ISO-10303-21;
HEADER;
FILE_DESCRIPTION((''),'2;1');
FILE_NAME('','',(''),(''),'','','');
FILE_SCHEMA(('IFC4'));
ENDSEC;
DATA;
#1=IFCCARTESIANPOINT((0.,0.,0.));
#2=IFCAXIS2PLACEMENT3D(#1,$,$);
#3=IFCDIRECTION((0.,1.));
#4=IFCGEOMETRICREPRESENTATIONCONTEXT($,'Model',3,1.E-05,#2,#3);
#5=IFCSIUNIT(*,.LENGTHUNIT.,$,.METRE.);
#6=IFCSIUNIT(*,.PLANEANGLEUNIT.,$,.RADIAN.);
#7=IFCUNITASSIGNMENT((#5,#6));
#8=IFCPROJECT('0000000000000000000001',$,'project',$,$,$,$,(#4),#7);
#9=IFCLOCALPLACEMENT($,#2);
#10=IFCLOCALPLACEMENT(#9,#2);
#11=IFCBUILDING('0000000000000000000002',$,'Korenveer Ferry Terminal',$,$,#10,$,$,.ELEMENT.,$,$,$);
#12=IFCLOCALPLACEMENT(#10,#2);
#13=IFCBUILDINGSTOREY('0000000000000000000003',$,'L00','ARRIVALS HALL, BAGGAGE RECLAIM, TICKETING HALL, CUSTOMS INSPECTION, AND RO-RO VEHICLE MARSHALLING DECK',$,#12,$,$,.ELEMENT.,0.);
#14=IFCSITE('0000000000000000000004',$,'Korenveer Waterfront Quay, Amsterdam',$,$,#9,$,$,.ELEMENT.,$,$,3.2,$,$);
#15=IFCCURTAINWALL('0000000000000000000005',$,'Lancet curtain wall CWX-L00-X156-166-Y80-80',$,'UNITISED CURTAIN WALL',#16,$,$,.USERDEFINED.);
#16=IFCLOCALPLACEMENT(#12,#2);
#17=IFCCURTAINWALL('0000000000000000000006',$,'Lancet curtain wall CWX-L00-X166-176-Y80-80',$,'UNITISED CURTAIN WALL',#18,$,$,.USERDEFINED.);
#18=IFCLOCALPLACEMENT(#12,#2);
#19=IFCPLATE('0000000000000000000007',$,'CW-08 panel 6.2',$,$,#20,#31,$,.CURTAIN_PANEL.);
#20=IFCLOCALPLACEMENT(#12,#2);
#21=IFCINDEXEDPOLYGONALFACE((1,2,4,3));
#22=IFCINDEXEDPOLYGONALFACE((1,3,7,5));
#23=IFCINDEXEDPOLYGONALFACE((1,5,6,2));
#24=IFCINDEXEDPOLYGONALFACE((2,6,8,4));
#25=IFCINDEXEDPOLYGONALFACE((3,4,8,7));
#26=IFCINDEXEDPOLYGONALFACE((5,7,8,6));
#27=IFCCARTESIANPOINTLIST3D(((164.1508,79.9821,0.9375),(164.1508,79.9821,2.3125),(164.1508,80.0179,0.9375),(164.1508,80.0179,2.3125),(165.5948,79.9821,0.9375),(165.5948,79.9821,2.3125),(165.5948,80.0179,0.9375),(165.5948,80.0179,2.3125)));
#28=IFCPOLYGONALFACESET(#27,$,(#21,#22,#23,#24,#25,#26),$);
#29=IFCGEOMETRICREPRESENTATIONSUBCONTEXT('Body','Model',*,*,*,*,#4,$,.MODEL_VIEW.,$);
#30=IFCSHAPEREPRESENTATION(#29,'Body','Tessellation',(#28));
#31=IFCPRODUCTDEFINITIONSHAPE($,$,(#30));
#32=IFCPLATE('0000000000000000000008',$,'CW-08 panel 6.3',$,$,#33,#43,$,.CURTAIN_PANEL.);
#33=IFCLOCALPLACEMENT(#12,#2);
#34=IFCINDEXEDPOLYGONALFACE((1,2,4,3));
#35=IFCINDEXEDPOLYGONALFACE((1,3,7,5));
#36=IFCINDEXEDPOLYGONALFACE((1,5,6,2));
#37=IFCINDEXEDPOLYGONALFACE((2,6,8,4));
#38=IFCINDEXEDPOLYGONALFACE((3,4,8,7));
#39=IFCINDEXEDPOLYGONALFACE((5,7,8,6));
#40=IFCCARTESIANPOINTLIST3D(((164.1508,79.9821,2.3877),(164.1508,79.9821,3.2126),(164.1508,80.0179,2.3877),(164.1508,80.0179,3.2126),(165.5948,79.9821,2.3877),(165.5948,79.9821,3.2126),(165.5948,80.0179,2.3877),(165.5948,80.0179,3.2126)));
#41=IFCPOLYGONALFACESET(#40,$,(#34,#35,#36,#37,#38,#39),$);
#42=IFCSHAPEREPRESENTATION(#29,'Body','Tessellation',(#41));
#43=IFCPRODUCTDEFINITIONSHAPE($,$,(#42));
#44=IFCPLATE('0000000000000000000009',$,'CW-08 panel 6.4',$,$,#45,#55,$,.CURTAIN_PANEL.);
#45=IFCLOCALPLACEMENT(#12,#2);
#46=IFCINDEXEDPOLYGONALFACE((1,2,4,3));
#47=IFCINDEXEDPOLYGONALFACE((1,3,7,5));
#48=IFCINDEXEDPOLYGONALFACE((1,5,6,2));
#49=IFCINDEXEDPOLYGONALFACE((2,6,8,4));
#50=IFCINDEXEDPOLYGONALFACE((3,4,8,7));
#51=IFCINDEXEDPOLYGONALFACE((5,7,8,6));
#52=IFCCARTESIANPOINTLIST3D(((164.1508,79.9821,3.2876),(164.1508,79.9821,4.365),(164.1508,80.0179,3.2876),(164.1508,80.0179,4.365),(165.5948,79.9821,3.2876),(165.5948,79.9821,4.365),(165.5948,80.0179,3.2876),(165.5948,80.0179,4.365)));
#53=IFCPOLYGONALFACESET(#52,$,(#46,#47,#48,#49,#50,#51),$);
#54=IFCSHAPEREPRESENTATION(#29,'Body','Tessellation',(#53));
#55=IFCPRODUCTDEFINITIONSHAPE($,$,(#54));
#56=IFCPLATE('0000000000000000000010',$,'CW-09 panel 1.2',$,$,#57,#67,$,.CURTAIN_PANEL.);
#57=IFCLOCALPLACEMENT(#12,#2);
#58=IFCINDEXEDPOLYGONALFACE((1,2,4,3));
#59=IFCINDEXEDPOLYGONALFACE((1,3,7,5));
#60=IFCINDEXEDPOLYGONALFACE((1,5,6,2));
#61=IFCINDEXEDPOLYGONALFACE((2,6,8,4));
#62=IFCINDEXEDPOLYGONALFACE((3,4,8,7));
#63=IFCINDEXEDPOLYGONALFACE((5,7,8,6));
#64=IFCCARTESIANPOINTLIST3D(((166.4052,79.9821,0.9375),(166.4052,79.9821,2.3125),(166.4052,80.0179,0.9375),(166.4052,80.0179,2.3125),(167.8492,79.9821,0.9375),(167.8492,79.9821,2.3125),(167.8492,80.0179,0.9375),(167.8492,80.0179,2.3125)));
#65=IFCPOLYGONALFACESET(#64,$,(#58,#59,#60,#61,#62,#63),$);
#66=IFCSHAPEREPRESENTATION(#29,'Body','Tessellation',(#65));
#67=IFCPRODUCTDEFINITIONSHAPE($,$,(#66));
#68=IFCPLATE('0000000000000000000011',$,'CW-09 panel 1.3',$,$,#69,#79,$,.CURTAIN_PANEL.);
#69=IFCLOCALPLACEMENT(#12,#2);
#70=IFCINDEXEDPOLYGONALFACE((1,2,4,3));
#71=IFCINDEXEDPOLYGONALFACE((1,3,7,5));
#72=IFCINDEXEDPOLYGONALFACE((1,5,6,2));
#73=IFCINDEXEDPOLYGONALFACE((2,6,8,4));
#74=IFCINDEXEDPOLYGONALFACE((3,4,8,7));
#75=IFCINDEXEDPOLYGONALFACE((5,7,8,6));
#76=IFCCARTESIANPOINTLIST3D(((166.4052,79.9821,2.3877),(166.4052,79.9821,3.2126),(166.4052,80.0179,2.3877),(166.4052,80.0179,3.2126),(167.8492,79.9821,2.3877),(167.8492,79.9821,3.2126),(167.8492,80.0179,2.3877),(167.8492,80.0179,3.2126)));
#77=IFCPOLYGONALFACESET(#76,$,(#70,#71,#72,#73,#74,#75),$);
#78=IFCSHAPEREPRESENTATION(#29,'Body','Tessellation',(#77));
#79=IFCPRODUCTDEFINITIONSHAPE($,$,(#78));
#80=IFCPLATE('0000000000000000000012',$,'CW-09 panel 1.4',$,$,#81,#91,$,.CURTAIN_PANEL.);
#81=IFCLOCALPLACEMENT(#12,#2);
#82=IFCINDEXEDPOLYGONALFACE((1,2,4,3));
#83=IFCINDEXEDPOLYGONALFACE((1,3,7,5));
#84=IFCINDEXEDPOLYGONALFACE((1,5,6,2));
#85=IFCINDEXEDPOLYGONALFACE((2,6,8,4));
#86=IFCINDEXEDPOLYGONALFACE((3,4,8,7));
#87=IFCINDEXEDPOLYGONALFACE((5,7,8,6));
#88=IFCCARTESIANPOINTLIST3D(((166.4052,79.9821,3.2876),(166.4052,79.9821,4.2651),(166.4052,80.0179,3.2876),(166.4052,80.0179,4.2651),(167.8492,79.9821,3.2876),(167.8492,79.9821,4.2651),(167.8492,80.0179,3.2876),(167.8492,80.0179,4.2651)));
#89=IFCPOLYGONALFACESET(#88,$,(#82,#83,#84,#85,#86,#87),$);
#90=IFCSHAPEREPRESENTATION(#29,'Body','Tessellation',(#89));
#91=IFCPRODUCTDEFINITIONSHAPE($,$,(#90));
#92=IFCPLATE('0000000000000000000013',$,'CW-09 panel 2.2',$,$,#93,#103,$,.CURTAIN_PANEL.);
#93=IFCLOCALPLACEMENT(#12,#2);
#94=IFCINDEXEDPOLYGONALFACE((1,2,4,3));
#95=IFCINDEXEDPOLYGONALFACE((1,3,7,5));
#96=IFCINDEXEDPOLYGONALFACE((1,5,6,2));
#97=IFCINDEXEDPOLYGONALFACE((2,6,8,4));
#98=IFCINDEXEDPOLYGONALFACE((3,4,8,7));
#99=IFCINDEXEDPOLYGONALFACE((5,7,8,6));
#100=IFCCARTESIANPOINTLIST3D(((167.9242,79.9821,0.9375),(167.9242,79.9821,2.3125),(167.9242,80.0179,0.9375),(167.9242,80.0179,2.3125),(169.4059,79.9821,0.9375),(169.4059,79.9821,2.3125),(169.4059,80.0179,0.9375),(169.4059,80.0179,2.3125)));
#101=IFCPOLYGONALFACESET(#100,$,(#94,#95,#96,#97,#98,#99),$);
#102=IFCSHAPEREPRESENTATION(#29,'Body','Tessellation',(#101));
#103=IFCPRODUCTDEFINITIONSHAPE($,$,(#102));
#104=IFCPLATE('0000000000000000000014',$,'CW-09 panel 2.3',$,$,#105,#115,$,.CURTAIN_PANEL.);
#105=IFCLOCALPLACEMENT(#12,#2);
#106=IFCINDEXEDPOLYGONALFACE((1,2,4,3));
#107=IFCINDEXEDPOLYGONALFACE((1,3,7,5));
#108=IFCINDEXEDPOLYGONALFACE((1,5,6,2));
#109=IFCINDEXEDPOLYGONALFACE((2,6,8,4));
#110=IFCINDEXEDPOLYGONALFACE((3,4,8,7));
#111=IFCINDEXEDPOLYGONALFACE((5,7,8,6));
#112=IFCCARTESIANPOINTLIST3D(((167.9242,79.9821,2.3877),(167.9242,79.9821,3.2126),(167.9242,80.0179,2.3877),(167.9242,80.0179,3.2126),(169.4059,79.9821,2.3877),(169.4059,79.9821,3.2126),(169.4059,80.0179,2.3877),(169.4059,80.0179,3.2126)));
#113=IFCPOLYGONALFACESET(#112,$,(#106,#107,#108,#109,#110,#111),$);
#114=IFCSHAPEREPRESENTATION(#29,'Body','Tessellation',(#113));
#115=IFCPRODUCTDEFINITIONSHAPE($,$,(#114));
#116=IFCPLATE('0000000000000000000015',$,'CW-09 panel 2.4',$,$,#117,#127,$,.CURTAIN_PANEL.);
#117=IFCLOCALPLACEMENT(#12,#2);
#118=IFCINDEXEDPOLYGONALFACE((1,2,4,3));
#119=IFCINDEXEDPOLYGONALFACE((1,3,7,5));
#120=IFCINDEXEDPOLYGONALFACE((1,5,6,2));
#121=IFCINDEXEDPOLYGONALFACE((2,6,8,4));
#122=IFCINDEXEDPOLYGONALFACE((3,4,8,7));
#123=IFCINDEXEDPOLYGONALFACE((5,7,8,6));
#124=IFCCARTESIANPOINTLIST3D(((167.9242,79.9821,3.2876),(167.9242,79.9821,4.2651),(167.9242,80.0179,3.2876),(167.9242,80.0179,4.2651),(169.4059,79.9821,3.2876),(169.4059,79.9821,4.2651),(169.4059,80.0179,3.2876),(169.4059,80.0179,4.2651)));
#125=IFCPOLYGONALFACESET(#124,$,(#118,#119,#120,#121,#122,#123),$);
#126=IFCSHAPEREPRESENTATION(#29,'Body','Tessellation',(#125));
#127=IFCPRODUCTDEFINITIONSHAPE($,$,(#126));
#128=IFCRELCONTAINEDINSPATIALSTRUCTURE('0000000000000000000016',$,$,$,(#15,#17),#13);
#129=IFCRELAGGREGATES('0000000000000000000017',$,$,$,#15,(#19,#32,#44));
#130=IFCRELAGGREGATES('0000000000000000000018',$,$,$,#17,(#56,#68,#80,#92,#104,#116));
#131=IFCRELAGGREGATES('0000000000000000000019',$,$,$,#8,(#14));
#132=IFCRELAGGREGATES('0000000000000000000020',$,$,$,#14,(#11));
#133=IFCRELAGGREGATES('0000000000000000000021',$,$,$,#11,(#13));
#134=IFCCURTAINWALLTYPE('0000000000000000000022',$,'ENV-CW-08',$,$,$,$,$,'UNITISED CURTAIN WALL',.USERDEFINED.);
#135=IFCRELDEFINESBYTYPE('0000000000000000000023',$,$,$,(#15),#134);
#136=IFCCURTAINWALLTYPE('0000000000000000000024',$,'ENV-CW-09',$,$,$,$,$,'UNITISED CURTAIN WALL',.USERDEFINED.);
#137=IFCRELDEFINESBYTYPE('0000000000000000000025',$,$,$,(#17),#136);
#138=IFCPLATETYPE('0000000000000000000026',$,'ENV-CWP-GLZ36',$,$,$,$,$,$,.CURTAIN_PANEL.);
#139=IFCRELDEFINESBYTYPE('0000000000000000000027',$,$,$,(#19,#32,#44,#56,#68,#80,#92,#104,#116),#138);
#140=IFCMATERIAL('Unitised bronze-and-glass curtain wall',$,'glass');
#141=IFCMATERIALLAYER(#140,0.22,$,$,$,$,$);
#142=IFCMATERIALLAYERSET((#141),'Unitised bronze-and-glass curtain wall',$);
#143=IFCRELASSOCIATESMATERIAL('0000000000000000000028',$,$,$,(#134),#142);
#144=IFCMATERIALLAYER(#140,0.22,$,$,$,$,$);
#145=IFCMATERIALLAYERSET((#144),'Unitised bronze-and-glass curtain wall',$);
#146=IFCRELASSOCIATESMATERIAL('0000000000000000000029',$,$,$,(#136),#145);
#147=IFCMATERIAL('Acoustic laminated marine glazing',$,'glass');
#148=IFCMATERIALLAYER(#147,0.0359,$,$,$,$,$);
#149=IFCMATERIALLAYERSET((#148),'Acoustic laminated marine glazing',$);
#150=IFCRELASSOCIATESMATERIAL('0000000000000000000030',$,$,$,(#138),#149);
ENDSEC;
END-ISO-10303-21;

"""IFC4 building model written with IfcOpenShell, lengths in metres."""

from ifc_helpers import new_model, si_unit, direction, frame, origin, origin_2d, place, context, subcontext, project, spatial, rectangle, extrude, material, layer, layer_set, type_object, element, aggregate, save


model = new_model("IFC4")

# Units and contexts
model_context = context("Model", 3, precision=1e-05, world=origin(), true_north=direction((0.0, 1.0)))
body_context = subcontext(model_context, "Body", "Model", "MODEL_VIEW")
ifc_project = project(units=[si_unit("LENGTHUNIT", "METRE"), si_unit("PLANEANGLEUNIT", "RADIAN")], contexts=[model_context])

# Site, building, storey
site_placement = place(None, origin())
site = spatial("IfcSite", under=ifc_project, at=site_placement, Name="Korenveer Waterfront Quay, Amsterdam", CompositionType="ELEMENT", RefElevation=3.2)
building_placement = place(site_placement, origin())
building = spatial("IfcBuilding", under=site, at=building_placement, Name="Korenveer Ferry Terminal", CompositionType="ELEMENT")
storey_placement = place(building_placement, origin())
storey = spatial("IfcBuildingStorey", under=building, at=storey_placement, Name="L00", Description="ARRIVALS HALL, BAGGAGE RECLAIM, TICKETING HALL, CUSTOMS INSPECTION, AND RO-RO VEHICLE MARSHALLING DECK", CompositionType="ELEMENT", Elevation=0.0)

# Curtain walls
ifc_material_1 = material(Name="Unitised bronze-and-glass curtain wall", Category="glass")
ifc_layer_1 = layer(ifc_material_1, 0.22)
ifc_layer_set_1 = layer_set([ifc_layer_1], Name="Unitised bronze-and-glass curtain wall")
curtain_wall_type_1 = type_object("IfcCurtainWallType", Name="ENV-CW-08", ElementType="UNITISED CURTAIN WALL", PredefinedType="USERDEFINED", material=ifc_layer_set_1)
curtain_wall_1_placement = place(storey_placement, frame((156.3301, 80.0, 0.0)))
curtain_wall_1 = element("IfcCurtainWall", 1, at=curtain_wall_1_placement, inside=storey, type_object=curtain_wall_type_1, Name="Lancet curtain wall CWX-L00-X156-166-Y80-80", ObjectType="UNITISED CURTAIN WALL", PredefinedType="USERDEFINED")
ifc_layer_2 = layer(ifc_material_1, 0.22)
ifc_layer_set_2 = layer_set([ifc_layer_2], Name="Unitised bronze-and-glass curtain wall")
curtain_wall_type_2 = type_object("IfcCurtainWallType", Name="ENV-CW-09", ElementType="UNITISED CURTAIN WALL", PredefinedType="USERDEFINED", material=ifc_layer_set_2)
curtain_wall_2_placement = place(storey_placement, frame((166.3301, 80.0, 0.0)))
curtain_wall_2 = element("IfcCurtainWall", 2, at=curtain_wall_2_placement, inside=storey, type_object=curtain_wall_type_2, Name="Lancet curtain wall CWX-L00-X166-176-Y80-80", ObjectType="UNITISED CURTAIN WALL", PredefinedType="USERDEFINED")

# Plates
ifc_material_2 = material(Name="Acoustic laminated marine glazing", Category="glass")
ifc_layer_3 = layer(ifc_material_2, 0.0359)
ifc_layer_set_3 = layer_set([ifc_layer_3], Name="Acoustic laminated marine glazing")
plate_type = type_object("IfcPlateType", Name="ENV-CWP-GLZ36", PredefinedType="CURTAIN_PANEL", material=ifc_layer_set_3)
plate_1_placement = place(storey_placement, frame((164.8728, 80.0, 0.9375), z_axis=(0.0, 0.0, 1.0), x_axis=(1.0, 0.0, 0.0)))
plate_1 = element("IfcPlate", 3, at=plate_1_placement, type_object=plate_type, Name="CW-08 panel 6.2", PredefinedType="CURTAIN_PANEL", context=body_context, shape_type="SweptSolid", body=[
    extrude(rectangle(XDim=1.4441, YDim=0.0359, at=origin_2d()), origin(), (0.0, 0.0, 1.0), 1.375),
])
plate_2_placement = place(storey_placement, frame((164.8728, 80.0, 2.3877), z_axis=(0.0, 0.0, 1.0), x_axis=(1.0, 0.0, 0.0)))
plate_2 = element("IfcPlate", 4, at=plate_2_placement, type_object=plate_type, Name="CW-08 panel 6.3", PredefinedType="CURTAIN_PANEL", context=body_context, shape_type="SweptSolid", body=[
    extrude(rectangle(XDim=1.4441, YDim=0.0359, at=origin_2d()), origin(), (0.0, 0.0, 1.0), 0.825),
])
plate_3_placement = place(storey_placement, frame((164.8728, 80.0, 3.2876), z_axis=(0.0, 0.0, 1.0), x_axis=(1.0, 0.0, 0.0)))
plate_3 = element("IfcPlate", 5, at=plate_3_placement, type_object=plate_type, Name="CW-08 panel 6.4", PredefinedType="CURTAIN_PANEL", context=body_context, shape_type="SweptSolid", body=[
    extrude(rectangle(XDim=1.4441, YDim=0.0359, at=origin_2d()), origin(), (0.0, 0.0, 1.0), 1.0774),
])
aggregate(curtain_wall_1, [plate_1, plate_2, plate_3])
plate_4_placement = place(storey_placement, frame((167.1272, 80.0, 0.9375), z_axis=(0.0, 0.0, 1.0), x_axis=(1.0, 0.0, 0.0)))
plate_4 = element("IfcPlate", 6, at=plate_4_placement, type_object=plate_type, Name="CW-09 panel 1.2", PredefinedType="CURTAIN_PANEL", context=body_context, shape_type="SweptSolid", body=[
    extrude(rectangle(XDim=1.4441, YDim=0.0359, at=origin_2d()), origin(), (0.0, 0.0, 1.0), 1.375),
])
plate_5_placement = place(storey_placement, frame((167.1272, 80.0, 2.3877), z_axis=(0.0, 0.0, 1.0), x_axis=(1.0, 0.0, 0.0)))
plate_5 = element("IfcPlate", 7, at=plate_5_placement, type_object=plate_type, Name="CW-09 panel 1.3", PredefinedType="CURTAIN_PANEL", context=body_context, shape_type="SweptSolid", body=[
    extrude(rectangle(XDim=1.4441, YDim=0.0359, at=origin_2d()), origin(), (0.0, 0.0, 1.0), 0.825),
])
plate_6_placement = place(storey_placement, frame((167.1272, 80.0, 3.2876), z_axis=(0.0, 0.0, 1.0), x_axis=(1.0, 0.0, 0.0)))
plate_6 = element("IfcPlate", 8, at=plate_6_placement, type_object=plate_type, Name="CW-09 panel 1.4", PredefinedType="CURTAIN_PANEL", context=body_context, shape_type="SweptSolid", body=[
    extrude(rectangle(XDim=1.4441, YDim=0.0359, at=origin_2d()), origin(), (0.0, 0.0, 1.0), 0.9775),
])
plate_7_placement = place(storey_placement, frame((168.665, 80.0, 0.9375), z_axis=(0.0, 0.0, 1.0), x_axis=(1.0, 0.0, 0.0)))
plate_7 = element("IfcPlate", 9, at=plate_7_placement, type_object=plate_type, Name="CW-09 panel 2.2", PredefinedType="CURTAIN_PANEL", context=body_context, shape_type="SweptSolid", body=[
    extrude(rectangle(XDim=1.4817, YDim=0.0359, at=origin_2d()), origin(), (0.0, 0.0, 1.0), 1.375),
])
plate_8_placement = place(storey_placement, frame((168.665, 80.0, 2.3877), z_axis=(0.0, 0.0, 1.0), x_axis=(1.0, 0.0, 0.0)))
plate_8 = element("IfcPlate", 10, at=plate_8_placement, type_object=plate_type, Name="CW-09 panel 2.3", PredefinedType="CURTAIN_PANEL", context=body_context, shape_type="SweptSolid", body=[
    extrude(rectangle(XDim=1.4817, YDim=0.0359, at=origin_2d()), origin(), (0.0, 0.0, 1.0), 0.825),
])
plate_9_placement = place(storey_placement, frame((168.665, 80.0, 3.2876), z_axis=(0.0, 0.0, 1.0), x_axis=(1.0, 0.0, 0.0)))
plate_9 = element("IfcPlate", 11, at=plate_9_placement, type_object=plate_type, Name="CW-09 panel 2.4", PredefinedType="CURTAIN_PANEL", context=body_context, shape_type="SweptSolid", body=[
    extrude(rectangle(XDim=1.4817, YDim=0.0359, at=origin_2d()), origin(), (0.0, 0.0, 1.0), 0.9775),
])
aggregate(curtain_wall_2, [plate_4, plate_5, plate_6, plate_7, plate_8, plate_9])

save(model, "model.ifc")
